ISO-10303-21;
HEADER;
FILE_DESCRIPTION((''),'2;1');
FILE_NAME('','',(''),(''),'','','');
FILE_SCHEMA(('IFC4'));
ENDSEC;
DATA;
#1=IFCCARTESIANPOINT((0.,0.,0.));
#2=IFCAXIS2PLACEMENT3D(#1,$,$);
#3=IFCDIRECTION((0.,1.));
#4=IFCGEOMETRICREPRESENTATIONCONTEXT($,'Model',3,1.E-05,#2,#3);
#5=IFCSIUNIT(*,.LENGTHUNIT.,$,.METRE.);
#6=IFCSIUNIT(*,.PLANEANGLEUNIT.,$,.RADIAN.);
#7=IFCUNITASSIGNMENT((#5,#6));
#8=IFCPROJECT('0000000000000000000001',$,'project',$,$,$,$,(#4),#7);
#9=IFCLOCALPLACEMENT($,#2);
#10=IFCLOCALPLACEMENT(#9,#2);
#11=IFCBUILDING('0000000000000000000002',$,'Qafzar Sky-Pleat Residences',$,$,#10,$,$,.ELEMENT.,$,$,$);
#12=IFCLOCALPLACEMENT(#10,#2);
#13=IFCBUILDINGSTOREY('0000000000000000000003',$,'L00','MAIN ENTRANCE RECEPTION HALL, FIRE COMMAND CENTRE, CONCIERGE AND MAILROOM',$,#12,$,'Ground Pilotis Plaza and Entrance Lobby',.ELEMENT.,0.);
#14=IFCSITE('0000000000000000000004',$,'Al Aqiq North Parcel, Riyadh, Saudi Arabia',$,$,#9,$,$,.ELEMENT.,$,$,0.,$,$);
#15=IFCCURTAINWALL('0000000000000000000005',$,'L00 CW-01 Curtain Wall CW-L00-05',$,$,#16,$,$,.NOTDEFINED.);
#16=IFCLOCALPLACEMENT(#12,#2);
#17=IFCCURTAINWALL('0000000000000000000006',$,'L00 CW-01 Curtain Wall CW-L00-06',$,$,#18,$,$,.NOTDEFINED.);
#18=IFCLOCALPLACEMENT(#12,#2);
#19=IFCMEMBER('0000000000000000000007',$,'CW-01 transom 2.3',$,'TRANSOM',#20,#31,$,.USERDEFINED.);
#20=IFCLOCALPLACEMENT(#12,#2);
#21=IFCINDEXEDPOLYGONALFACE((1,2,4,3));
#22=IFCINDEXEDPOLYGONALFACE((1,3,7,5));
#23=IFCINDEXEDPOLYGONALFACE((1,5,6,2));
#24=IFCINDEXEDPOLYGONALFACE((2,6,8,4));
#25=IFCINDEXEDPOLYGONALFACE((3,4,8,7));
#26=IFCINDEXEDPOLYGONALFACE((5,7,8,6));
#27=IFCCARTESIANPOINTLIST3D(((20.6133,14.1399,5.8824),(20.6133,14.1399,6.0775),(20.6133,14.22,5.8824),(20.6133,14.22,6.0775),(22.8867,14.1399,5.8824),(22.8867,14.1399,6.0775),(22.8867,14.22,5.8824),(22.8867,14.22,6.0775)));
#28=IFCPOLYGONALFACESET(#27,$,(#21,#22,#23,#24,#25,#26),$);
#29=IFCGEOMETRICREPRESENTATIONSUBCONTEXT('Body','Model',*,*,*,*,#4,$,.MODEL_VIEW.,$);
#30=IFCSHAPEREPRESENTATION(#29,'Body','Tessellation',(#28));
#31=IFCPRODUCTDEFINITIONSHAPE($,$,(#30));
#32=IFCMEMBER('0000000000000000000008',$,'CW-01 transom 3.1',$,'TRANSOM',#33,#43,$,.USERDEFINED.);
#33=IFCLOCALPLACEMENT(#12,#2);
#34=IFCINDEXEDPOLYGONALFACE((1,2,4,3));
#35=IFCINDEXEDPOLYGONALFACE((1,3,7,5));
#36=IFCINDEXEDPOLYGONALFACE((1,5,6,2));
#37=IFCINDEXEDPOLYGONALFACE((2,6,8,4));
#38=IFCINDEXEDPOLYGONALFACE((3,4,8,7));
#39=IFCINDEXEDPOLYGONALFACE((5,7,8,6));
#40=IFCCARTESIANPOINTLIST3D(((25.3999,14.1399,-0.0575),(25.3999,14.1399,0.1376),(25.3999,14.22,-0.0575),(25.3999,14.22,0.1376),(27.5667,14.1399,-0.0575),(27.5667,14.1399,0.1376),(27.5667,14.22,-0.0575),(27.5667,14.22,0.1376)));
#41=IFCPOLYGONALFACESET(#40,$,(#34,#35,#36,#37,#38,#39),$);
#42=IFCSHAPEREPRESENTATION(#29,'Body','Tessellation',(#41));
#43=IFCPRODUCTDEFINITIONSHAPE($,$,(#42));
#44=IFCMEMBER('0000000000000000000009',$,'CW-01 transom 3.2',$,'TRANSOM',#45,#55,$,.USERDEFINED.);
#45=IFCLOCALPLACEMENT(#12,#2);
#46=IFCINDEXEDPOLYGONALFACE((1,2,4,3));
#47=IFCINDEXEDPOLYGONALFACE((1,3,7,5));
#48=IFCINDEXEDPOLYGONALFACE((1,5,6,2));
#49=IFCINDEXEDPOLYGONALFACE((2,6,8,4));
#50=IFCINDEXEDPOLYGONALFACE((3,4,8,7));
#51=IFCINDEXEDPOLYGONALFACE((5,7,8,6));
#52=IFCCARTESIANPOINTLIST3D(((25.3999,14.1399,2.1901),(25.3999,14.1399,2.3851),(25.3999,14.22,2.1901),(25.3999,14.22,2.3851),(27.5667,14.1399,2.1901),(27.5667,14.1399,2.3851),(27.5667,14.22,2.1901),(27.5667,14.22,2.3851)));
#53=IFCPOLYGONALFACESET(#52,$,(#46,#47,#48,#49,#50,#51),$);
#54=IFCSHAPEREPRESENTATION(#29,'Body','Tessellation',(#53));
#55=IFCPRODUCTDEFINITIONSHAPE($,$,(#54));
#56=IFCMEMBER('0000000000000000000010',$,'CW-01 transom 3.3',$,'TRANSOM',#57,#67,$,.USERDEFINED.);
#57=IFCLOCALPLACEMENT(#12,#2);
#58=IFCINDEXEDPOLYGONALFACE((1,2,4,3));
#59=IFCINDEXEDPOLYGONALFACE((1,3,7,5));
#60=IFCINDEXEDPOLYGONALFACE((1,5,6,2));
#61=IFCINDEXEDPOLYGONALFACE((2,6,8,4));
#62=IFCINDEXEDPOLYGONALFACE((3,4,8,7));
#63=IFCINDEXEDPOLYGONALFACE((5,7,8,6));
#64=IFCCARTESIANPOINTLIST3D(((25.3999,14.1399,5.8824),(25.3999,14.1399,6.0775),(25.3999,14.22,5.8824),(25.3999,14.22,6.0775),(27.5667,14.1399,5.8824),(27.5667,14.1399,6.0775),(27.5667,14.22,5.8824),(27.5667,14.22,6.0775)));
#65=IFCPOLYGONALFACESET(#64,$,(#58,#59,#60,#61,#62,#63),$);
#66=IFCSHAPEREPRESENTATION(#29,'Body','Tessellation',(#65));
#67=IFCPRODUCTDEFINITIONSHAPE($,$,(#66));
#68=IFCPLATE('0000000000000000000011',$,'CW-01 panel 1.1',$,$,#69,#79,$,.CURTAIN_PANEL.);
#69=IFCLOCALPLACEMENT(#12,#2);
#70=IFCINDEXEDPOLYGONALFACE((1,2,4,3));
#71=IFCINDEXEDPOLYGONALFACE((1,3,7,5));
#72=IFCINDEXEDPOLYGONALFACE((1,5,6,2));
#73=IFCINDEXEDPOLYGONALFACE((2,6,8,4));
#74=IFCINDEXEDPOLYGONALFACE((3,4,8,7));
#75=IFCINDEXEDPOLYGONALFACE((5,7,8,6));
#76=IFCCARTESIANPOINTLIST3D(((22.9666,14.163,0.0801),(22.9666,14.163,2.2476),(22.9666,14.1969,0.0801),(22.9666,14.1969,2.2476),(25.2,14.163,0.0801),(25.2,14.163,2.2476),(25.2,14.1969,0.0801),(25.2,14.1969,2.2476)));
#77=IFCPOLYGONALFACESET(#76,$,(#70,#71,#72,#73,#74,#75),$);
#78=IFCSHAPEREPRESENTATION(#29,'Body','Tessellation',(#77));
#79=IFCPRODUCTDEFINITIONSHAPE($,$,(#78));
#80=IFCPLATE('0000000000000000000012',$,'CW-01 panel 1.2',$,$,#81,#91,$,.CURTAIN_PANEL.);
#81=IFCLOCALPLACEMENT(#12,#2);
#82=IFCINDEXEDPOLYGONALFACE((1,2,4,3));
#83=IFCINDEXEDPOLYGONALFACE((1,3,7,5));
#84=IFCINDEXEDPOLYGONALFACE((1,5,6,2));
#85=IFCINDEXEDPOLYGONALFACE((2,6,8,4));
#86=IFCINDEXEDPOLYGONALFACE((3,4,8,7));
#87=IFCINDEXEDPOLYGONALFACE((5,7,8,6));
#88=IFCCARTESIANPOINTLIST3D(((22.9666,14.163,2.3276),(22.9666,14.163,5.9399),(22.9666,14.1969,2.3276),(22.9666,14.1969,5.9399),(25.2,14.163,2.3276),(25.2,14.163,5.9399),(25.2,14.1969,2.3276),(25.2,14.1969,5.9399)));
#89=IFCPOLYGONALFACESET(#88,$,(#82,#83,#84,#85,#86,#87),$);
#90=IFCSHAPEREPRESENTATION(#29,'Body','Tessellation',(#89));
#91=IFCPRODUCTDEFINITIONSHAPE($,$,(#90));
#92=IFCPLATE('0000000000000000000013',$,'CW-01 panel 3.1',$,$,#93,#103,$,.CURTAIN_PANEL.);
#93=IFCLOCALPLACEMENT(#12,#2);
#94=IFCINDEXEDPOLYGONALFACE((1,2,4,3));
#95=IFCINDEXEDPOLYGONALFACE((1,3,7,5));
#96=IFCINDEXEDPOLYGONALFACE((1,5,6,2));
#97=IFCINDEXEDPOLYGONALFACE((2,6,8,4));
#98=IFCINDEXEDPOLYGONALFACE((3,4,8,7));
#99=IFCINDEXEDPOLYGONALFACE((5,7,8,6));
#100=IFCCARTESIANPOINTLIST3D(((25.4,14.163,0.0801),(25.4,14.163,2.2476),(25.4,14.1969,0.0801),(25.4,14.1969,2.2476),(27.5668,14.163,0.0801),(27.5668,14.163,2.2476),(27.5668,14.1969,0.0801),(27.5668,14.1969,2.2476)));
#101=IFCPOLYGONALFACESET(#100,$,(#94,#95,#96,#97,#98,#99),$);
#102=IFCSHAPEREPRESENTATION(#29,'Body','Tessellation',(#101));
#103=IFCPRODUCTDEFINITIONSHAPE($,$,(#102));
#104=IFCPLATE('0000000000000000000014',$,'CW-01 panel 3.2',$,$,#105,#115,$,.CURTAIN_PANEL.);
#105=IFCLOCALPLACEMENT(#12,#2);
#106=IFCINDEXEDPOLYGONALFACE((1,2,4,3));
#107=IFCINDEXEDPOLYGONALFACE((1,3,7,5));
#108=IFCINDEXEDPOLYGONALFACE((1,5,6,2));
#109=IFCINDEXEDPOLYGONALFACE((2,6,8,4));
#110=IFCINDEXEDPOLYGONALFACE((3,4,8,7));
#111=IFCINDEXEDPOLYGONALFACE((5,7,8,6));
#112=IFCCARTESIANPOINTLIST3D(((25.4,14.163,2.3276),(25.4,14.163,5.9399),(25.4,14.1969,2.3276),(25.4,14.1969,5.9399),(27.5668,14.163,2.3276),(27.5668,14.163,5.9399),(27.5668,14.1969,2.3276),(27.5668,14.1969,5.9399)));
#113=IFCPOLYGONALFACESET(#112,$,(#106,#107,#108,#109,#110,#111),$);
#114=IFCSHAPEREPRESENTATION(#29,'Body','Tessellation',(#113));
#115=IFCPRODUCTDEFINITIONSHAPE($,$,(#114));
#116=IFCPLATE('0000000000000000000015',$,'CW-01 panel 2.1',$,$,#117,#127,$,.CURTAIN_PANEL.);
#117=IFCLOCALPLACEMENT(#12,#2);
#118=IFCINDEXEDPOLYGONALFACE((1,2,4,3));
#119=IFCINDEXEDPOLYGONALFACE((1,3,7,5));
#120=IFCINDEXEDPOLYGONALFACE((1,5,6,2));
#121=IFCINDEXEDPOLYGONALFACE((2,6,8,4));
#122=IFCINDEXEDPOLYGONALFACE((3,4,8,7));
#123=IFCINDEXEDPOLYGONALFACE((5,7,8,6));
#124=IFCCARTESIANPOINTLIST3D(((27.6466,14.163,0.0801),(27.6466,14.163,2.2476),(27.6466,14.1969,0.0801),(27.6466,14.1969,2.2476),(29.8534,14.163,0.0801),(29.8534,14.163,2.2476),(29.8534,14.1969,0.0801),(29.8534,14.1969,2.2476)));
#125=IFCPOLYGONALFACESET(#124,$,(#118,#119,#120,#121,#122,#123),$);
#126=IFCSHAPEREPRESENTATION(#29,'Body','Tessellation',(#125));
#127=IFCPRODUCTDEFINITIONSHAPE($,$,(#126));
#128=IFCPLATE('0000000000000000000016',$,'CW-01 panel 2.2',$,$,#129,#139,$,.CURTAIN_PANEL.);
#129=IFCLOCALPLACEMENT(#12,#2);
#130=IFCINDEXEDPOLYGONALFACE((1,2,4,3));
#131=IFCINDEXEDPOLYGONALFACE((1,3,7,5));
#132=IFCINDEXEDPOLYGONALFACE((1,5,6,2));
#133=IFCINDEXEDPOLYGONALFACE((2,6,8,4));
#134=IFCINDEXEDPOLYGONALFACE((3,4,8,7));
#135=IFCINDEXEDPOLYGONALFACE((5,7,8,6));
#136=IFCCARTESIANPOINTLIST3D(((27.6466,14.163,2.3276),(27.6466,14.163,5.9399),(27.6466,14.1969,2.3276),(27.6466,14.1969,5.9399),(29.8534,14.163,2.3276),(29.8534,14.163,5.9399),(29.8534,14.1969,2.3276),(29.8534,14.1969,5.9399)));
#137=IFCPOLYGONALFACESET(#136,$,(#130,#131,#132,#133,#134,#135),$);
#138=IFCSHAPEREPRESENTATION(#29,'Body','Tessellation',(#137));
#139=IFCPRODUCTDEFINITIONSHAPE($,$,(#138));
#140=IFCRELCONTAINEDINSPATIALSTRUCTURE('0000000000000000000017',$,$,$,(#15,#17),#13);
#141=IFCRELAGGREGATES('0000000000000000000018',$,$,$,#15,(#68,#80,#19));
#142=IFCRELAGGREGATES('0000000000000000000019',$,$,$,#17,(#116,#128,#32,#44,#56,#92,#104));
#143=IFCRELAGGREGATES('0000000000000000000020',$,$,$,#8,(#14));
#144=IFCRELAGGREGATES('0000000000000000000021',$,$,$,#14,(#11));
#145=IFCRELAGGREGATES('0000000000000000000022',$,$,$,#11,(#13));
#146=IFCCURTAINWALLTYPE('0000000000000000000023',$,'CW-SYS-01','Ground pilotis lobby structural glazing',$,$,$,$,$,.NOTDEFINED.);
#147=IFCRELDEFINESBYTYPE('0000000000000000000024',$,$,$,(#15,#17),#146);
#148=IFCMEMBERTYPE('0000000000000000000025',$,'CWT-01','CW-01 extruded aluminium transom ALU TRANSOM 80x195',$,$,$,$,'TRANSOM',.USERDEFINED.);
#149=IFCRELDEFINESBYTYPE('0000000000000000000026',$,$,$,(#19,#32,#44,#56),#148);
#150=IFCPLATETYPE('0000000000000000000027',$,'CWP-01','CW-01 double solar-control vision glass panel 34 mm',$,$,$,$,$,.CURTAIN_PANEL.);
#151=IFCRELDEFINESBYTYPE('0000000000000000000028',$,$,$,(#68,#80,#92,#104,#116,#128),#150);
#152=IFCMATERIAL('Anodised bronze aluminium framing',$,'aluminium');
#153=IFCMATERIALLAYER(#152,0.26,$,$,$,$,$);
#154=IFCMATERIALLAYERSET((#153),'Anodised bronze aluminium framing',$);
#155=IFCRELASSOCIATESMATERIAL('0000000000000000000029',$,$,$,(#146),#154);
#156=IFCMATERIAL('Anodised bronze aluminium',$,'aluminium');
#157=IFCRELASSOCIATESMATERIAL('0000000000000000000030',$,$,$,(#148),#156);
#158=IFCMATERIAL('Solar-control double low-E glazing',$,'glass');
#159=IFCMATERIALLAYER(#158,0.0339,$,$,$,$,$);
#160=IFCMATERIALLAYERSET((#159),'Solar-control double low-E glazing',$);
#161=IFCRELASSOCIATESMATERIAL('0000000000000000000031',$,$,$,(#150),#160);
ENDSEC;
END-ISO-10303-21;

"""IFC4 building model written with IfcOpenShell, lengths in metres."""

from ifc_helpers import new_model, si_unit, direction, frame, origin, origin_2d, place, context, subcontext, project, spatial, rectangle, extrude, source, transform, mapped, material, layer, layer_set, material_profile, profile_set, type_object, element, aggregate, save


model = new_model("IFC4")

# Units and contexts
model_context = context("Model", 3, precision=1e-05, world=origin(), true_north=direction((0.0, 1.0)))
body_context = subcontext(model_context, "Body", "Model", "MODEL_VIEW")
ifc_project = project(units=[si_unit("LENGTHUNIT", "METRE"), si_unit("PLANEANGLEUNIT", "RADIAN")], contexts=[model_context])

# Site, building, storey
site_placement = place(None, origin())
site = spatial("IfcSite", under=ifc_project, at=site_placement, Name="Al Aqiq North Parcel, Riyadh, Saudi Arabia", CompositionType="ELEMENT", RefElevation=0.0)
building_placement = place(site_placement, origin())
building = spatial("IfcBuilding", under=site, at=building_placement, Name="Qafzar Sky-Pleat Residences", CompositionType="ELEMENT")
storey_placement = place(building_placement, origin())
storey = spatial("IfcBuildingStorey", under=building, at=storey_placement, Name="L00", Description="MAIN ENTRANCE RECEPTION HALL, FIRE COMMAND CENTRE, CONCIERGE AND MAILROOM", LongName="Ground Pilotis Plaza and Entrance Lobby", CompositionType="ELEMENT", Elevation=0.0)

# Curtain walls
ifc_material_1 = material(Name="Anodised bronze aluminium framing", Category="aluminium")
ifc_layer_1 = layer(ifc_material_1, 0.26)
ifc_layer_set_1 = layer_set([ifc_layer_1], Name="Anodised bronze aluminium framing")
curtain_wall_type = type_object("IfcCurtainWallType", Name="CW-SYS-01", Description="Ground pilotis lobby structural glazing", PredefinedType="NOTDEFINED", material=ifc_layer_set_1)
curtain_wall_1_placement = place(storey_placement, origin())
curtain_wall_1 = element("IfcCurtainWall", 1, at=curtain_wall_1_placement, inside=storey, type_object=curtain_wall_type, Name="L00 CW-01 Curtain Wall CW-L00-05", PredefinedType="NOTDEFINED")
ifc_material_2 = material(Name="Anodised bronze aluminium", Category="aluminium")
curtain_wall_2_placement = place(storey_placement, origin())
curtain_wall_2 = element("IfcCurtainWall", 2, at=curtain_wall_2_placement, inside=storey, type_object=curtain_wall_type, Name="L00 CW-01 Curtain Wall CW-L00-06", PredefinedType="NOTDEFINED")

# Members
ifc_material_profile_1 = material_profile(ifc_material_2, rectangle(XDim=0.0801, YDim=0.1951, at=origin_2d()), Name="ALU TRANSOM 80x195")
ifc_profile_set_1 = profile_set([ifc_material_profile_1], Name="Anodised bronze aluminium")
member_type_1 = type_object("IfcMemberType", Name="CWT-01", Description="CW-01 extruded aluminium transom ALU TRANSOM 80x195", ElementType="TRANSOM", PredefinedType="USERDEFINED", material=ifc_profile_set_1)
shared_shape_1 = source(origin(), body_context, "Body", "SweptSolid", [
    extrude(rectangle(XDim=0.0801, YDim=0.1951, at=origin_2d()), origin(), (0.0, 0.0, 1.0), 2.2734),
])
member_1_placement = place(storey_placement, frame((22.8867, 14.1799, 5.98), z_axis=(-1.0, 0.0, 0.0), x_axis=(0.0, -1.0, 0.0)))
member_1 = element("IfcMember", 3, at=member_1_placement, type_object=member_type_1, Name="CW-01 transom 2.3", ObjectType="TRANSOM", PredefinedType="USERDEFINED", context=body_context, shape_type="MappedRepresentation", body=[
    mapped(shared_shape_1, transform((0.0, 0.0, 0.0), x_axis=(1.0, 0.0, 0.0), y_axis=(0.0, 1.0, 0.0), z_axis=(0.0, 0.0, 1.0), scale=1.0)),
])
shared_shape_2 = source(origin(), body_context, "Body", "SweptSolid", [
    extrude(rectangle(XDim=0.0801, YDim=0.1951, at=origin_2d()), origin(), (0.0, 0.0, 1.0), 2.1667),
])
member_2_placement = place(storey_placement, frame((27.5667, 14.1799, 0.04), z_axis=(-1.0, 0.0, 0.0), x_axis=(0.0, -1.0, 0.0)))
member_2 = element("IfcMember", 4, at=member_2_placement, type_object=member_type_1, Name="CW-01 transom 3.1", ObjectType="TRANSOM", PredefinedType="USERDEFINED", context=body_context, shape_type="MappedRepresentation", body=[
    mapped(shared_shape_2, transform((0.0, 0.0, 0.0), x_axis=(1.0, 0.0, 0.0), y_axis=(0.0, 1.0, 0.0), z_axis=(0.0, 0.0, 1.0), scale=1.0)),
])
member_3_placement = place(storey_placement, frame((27.5667, 14.1799, 2.2876), z_axis=(-1.0, 0.0, 0.0), x_axis=(0.0, -1.0, 0.0)))
member_3 = element("IfcMember", 5, at=member_3_placement, type_object=member_type_1, Name="CW-01 transom 3.2", ObjectType="TRANSOM", PredefinedType="USERDEFINED", context=body_context, shape_type="MappedRepresentation", body=[
    mapped(shared_shape_2, transform((0.0, 0.0, 0.0), x_axis=(1.0, 0.0, 0.0), y_axis=(0.0, 1.0, 0.0), z_axis=(0.0, 0.0, 1.0), scale=1.0)),
])
member_4_placement = place(storey_placement, frame((27.5667, 14.1799, 5.98), z_axis=(-1.0, 0.0, 0.0), x_axis=(0.0, -1.0, 0.0)))
member_4 = element("IfcMember", 6, at=member_4_placement, type_object=member_type_1, Name="CW-01 transom 3.3", ObjectType="TRANSOM", PredefinedType="USERDEFINED", context=body_context, shape_type="MappedRepresentation", body=[
    mapped(shared_shape_2, transform((0.0, 0.0, 0.0), x_axis=(1.0, 0.0, 0.0), y_axis=(0.0, 1.0, 0.0), z_axis=(0.0, 0.0, 1.0), scale=1.0)),
])

# Plates
ifc_material_3 = material(Name="Solar-control double low-E glazing", Category="glass")
ifc_layer_2 = layer(ifc_material_3, 0.0339)
ifc_layer_set_2 = layer_set([ifc_layer_2], Name="Solar-control double low-E glazing")
plate_type = type_object("IfcPlateType", Name="CWP-01", Description="CW-01 double solar-control vision glass panel 34 mm", PredefinedType="CURTAIN_PANEL", material=ifc_layer_set_2)
shared_shape_3 = source(origin(), body_context, "Body", "SweptSolid", [
    extrude(rectangle(XDim=2.2334, YDim=0.0339, at=origin_2d()), origin(), (0.0, 0.0, 1.0), 2.1675),
])
plate_1_placement = place(storey_placement, frame((24.0833, 14.1799, 0.0801), z_axis=(0.0, 0.0, 1.0), x_axis=(-1.0, 0.0, 0.0)))
plate_1 = element("IfcPlate", 7, at=plate_1_placement, type_object=plate_type, Name="CW-01 panel 1.1", PredefinedType="CURTAIN_PANEL", context=body_context, shape_type="MappedRepresentation", body=[
    mapped(shared_shape_3, transform((0.0, 0.0, 0.0), x_axis=(1.0, 0.0, 0.0), y_axis=(0.0, 1.0, 0.0), z_axis=(0.0, 0.0, 1.0), scale=1.0)),
])
shared_shape_4 = source(origin(), body_context, "Body", "SweptSolid", [
    extrude(rectangle(XDim=2.2334, YDim=0.0339, at=origin_2d()), origin(), (0.0, 0.0, 1.0), 3.6123),
])
plate_2_placement = place(storey_placement, frame((24.0833, 14.1799, 2.3276), z_axis=(0.0, 0.0, 1.0), x_axis=(-1.0, 0.0, 0.0)))
plate_2 = element("IfcPlate", 8, at=plate_2_placement, type_object=plate_type, Name="CW-01 panel 1.2", PredefinedType="CURTAIN_PANEL", context=body_context, shape_type="MappedRepresentation", body=[
    mapped(shared_shape_4, transform((0.0, 0.0, 0.0), x_axis=(1.0, 0.0, 0.0), y_axis=(0.0, 1.0, 0.0), z_axis=(0.0, 0.0, 1.0), scale=1.0)),
])
aggregate(curtain_wall_1, [plate_1, plate_2, member_1])
shared_shape_5 = source(origin(), body_context, "Body", "SweptSolid", [
    extrude(rectangle(XDim=2.1667, YDim=0.0339, at=origin_2d()), origin(), (0.0, 0.0, 1.0), 2.1675),
])
plate_3_placement = place(storey_placement, frame((26.4834, 14.1799, 0.0801), z_axis=(0.0, 0.0, 1.0), x_axis=(-1.0, 0.0, 0.0)))
plate_3 = element("IfcPlate", 9, at=plate_3_placement, type_object=plate_type, Name="CW-01 panel 3.1", PredefinedType="CURTAIN_PANEL", context=body_context, shape_type="MappedRepresentation", body=[
    mapped(shared_shape_5, transform((0.0, 0.0, 0.0), x_axis=(1.0, 0.0, 0.0), y_axis=(0.0, 1.0, 0.0), z_axis=(0.0, 0.0, 1.0), scale=1.0)),
])
shared_shape_6 = source(origin(), body_context, "Body", "SweptSolid", [
    extrude(rectangle(XDim=2.1667, YDim=0.0339, at=origin_2d()), origin(), (0.0, 0.0, 1.0), 3.6123),
])
plate_4_placement = place(storey_placement, frame((26.4834, 14.1799, 2.3276), z_axis=(0.0, 0.0, 1.0), x_axis=(-1.0, 0.0, 0.0)))
plate_4 = element("IfcPlate", 10, at=plate_4_placement, type_object=plate_type, Name="CW-01 panel 3.2", PredefinedType="CURTAIN_PANEL", context=body_context, shape_type="MappedRepresentation", body=[
    mapped(shared_shape_6, transform((0.0, 0.0, 0.0), x_axis=(1.0, 0.0, 0.0), y_axis=(0.0, 1.0, 0.0), z_axis=(0.0, 0.0, 1.0), scale=1.0)),
])
shared_shape_7 = source(origin(), body_context, "Body", "SweptSolid", [
    extrude(rectangle(XDim=2.2068, YDim=0.0339, at=origin_2d()), origin(), (0.0, 0.0, 1.0), 2.1675),
])
plate_5_placement = place(storey_placement, frame((28.75, 14.1799, 0.0801), z_axis=(0.0, 0.0, 1.0), x_axis=(-1.0, 0.0, 0.0)))
plate_5 = element("IfcPlate", 11, at=plate_5_placement, type_object=plate_type, Name="CW-01 panel 2.1", PredefinedType="CURTAIN_PANEL", context=body_context, shape_type="MappedRepresentation", body=[
    mapped(shared_shape_7, transform((0.0, 0.0, 0.0), x_axis=(1.0, 0.0, 0.0), y_axis=(0.0, 1.0, 0.0), z_axis=(0.0, 0.0, 1.0), scale=1.0)),
])
shared_shape_8 = source(origin(), body_context, "Body", "SweptSolid", [
    extrude(rectangle(XDim=2.2068, YDim=0.0339, at=origin_2d()), origin(), (0.0, 0.0, 1.0), 3.6123),
])
plate_6_placement = place(storey_placement, frame((28.75, 14.1799, 2.3276), z_axis=(0.0, 0.0, 1.0), x_axis=(-1.0, 0.0, 0.0)))
plate_6 = element("IfcPlate", 12, at=plate_6_placement, type_object=plate_type, Name="CW-01 panel 2.2", PredefinedType="CURTAIN_PANEL", context=body_context, shape_type="MappedRepresentation", body=[
    mapped(shared_shape_8, transform((0.0, 0.0, 0.0), x_axis=(1.0, 0.0, 0.0), y_axis=(0.0, 1.0, 0.0), z_axis=(0.0, 0.0, 1.0), scale=1.0)),
])
aggregate(curtain_wall_2, [plate_5, plate_6, member_2, member_3, member_4, plate_3, plate_4])

save(model, "model.ifc")
